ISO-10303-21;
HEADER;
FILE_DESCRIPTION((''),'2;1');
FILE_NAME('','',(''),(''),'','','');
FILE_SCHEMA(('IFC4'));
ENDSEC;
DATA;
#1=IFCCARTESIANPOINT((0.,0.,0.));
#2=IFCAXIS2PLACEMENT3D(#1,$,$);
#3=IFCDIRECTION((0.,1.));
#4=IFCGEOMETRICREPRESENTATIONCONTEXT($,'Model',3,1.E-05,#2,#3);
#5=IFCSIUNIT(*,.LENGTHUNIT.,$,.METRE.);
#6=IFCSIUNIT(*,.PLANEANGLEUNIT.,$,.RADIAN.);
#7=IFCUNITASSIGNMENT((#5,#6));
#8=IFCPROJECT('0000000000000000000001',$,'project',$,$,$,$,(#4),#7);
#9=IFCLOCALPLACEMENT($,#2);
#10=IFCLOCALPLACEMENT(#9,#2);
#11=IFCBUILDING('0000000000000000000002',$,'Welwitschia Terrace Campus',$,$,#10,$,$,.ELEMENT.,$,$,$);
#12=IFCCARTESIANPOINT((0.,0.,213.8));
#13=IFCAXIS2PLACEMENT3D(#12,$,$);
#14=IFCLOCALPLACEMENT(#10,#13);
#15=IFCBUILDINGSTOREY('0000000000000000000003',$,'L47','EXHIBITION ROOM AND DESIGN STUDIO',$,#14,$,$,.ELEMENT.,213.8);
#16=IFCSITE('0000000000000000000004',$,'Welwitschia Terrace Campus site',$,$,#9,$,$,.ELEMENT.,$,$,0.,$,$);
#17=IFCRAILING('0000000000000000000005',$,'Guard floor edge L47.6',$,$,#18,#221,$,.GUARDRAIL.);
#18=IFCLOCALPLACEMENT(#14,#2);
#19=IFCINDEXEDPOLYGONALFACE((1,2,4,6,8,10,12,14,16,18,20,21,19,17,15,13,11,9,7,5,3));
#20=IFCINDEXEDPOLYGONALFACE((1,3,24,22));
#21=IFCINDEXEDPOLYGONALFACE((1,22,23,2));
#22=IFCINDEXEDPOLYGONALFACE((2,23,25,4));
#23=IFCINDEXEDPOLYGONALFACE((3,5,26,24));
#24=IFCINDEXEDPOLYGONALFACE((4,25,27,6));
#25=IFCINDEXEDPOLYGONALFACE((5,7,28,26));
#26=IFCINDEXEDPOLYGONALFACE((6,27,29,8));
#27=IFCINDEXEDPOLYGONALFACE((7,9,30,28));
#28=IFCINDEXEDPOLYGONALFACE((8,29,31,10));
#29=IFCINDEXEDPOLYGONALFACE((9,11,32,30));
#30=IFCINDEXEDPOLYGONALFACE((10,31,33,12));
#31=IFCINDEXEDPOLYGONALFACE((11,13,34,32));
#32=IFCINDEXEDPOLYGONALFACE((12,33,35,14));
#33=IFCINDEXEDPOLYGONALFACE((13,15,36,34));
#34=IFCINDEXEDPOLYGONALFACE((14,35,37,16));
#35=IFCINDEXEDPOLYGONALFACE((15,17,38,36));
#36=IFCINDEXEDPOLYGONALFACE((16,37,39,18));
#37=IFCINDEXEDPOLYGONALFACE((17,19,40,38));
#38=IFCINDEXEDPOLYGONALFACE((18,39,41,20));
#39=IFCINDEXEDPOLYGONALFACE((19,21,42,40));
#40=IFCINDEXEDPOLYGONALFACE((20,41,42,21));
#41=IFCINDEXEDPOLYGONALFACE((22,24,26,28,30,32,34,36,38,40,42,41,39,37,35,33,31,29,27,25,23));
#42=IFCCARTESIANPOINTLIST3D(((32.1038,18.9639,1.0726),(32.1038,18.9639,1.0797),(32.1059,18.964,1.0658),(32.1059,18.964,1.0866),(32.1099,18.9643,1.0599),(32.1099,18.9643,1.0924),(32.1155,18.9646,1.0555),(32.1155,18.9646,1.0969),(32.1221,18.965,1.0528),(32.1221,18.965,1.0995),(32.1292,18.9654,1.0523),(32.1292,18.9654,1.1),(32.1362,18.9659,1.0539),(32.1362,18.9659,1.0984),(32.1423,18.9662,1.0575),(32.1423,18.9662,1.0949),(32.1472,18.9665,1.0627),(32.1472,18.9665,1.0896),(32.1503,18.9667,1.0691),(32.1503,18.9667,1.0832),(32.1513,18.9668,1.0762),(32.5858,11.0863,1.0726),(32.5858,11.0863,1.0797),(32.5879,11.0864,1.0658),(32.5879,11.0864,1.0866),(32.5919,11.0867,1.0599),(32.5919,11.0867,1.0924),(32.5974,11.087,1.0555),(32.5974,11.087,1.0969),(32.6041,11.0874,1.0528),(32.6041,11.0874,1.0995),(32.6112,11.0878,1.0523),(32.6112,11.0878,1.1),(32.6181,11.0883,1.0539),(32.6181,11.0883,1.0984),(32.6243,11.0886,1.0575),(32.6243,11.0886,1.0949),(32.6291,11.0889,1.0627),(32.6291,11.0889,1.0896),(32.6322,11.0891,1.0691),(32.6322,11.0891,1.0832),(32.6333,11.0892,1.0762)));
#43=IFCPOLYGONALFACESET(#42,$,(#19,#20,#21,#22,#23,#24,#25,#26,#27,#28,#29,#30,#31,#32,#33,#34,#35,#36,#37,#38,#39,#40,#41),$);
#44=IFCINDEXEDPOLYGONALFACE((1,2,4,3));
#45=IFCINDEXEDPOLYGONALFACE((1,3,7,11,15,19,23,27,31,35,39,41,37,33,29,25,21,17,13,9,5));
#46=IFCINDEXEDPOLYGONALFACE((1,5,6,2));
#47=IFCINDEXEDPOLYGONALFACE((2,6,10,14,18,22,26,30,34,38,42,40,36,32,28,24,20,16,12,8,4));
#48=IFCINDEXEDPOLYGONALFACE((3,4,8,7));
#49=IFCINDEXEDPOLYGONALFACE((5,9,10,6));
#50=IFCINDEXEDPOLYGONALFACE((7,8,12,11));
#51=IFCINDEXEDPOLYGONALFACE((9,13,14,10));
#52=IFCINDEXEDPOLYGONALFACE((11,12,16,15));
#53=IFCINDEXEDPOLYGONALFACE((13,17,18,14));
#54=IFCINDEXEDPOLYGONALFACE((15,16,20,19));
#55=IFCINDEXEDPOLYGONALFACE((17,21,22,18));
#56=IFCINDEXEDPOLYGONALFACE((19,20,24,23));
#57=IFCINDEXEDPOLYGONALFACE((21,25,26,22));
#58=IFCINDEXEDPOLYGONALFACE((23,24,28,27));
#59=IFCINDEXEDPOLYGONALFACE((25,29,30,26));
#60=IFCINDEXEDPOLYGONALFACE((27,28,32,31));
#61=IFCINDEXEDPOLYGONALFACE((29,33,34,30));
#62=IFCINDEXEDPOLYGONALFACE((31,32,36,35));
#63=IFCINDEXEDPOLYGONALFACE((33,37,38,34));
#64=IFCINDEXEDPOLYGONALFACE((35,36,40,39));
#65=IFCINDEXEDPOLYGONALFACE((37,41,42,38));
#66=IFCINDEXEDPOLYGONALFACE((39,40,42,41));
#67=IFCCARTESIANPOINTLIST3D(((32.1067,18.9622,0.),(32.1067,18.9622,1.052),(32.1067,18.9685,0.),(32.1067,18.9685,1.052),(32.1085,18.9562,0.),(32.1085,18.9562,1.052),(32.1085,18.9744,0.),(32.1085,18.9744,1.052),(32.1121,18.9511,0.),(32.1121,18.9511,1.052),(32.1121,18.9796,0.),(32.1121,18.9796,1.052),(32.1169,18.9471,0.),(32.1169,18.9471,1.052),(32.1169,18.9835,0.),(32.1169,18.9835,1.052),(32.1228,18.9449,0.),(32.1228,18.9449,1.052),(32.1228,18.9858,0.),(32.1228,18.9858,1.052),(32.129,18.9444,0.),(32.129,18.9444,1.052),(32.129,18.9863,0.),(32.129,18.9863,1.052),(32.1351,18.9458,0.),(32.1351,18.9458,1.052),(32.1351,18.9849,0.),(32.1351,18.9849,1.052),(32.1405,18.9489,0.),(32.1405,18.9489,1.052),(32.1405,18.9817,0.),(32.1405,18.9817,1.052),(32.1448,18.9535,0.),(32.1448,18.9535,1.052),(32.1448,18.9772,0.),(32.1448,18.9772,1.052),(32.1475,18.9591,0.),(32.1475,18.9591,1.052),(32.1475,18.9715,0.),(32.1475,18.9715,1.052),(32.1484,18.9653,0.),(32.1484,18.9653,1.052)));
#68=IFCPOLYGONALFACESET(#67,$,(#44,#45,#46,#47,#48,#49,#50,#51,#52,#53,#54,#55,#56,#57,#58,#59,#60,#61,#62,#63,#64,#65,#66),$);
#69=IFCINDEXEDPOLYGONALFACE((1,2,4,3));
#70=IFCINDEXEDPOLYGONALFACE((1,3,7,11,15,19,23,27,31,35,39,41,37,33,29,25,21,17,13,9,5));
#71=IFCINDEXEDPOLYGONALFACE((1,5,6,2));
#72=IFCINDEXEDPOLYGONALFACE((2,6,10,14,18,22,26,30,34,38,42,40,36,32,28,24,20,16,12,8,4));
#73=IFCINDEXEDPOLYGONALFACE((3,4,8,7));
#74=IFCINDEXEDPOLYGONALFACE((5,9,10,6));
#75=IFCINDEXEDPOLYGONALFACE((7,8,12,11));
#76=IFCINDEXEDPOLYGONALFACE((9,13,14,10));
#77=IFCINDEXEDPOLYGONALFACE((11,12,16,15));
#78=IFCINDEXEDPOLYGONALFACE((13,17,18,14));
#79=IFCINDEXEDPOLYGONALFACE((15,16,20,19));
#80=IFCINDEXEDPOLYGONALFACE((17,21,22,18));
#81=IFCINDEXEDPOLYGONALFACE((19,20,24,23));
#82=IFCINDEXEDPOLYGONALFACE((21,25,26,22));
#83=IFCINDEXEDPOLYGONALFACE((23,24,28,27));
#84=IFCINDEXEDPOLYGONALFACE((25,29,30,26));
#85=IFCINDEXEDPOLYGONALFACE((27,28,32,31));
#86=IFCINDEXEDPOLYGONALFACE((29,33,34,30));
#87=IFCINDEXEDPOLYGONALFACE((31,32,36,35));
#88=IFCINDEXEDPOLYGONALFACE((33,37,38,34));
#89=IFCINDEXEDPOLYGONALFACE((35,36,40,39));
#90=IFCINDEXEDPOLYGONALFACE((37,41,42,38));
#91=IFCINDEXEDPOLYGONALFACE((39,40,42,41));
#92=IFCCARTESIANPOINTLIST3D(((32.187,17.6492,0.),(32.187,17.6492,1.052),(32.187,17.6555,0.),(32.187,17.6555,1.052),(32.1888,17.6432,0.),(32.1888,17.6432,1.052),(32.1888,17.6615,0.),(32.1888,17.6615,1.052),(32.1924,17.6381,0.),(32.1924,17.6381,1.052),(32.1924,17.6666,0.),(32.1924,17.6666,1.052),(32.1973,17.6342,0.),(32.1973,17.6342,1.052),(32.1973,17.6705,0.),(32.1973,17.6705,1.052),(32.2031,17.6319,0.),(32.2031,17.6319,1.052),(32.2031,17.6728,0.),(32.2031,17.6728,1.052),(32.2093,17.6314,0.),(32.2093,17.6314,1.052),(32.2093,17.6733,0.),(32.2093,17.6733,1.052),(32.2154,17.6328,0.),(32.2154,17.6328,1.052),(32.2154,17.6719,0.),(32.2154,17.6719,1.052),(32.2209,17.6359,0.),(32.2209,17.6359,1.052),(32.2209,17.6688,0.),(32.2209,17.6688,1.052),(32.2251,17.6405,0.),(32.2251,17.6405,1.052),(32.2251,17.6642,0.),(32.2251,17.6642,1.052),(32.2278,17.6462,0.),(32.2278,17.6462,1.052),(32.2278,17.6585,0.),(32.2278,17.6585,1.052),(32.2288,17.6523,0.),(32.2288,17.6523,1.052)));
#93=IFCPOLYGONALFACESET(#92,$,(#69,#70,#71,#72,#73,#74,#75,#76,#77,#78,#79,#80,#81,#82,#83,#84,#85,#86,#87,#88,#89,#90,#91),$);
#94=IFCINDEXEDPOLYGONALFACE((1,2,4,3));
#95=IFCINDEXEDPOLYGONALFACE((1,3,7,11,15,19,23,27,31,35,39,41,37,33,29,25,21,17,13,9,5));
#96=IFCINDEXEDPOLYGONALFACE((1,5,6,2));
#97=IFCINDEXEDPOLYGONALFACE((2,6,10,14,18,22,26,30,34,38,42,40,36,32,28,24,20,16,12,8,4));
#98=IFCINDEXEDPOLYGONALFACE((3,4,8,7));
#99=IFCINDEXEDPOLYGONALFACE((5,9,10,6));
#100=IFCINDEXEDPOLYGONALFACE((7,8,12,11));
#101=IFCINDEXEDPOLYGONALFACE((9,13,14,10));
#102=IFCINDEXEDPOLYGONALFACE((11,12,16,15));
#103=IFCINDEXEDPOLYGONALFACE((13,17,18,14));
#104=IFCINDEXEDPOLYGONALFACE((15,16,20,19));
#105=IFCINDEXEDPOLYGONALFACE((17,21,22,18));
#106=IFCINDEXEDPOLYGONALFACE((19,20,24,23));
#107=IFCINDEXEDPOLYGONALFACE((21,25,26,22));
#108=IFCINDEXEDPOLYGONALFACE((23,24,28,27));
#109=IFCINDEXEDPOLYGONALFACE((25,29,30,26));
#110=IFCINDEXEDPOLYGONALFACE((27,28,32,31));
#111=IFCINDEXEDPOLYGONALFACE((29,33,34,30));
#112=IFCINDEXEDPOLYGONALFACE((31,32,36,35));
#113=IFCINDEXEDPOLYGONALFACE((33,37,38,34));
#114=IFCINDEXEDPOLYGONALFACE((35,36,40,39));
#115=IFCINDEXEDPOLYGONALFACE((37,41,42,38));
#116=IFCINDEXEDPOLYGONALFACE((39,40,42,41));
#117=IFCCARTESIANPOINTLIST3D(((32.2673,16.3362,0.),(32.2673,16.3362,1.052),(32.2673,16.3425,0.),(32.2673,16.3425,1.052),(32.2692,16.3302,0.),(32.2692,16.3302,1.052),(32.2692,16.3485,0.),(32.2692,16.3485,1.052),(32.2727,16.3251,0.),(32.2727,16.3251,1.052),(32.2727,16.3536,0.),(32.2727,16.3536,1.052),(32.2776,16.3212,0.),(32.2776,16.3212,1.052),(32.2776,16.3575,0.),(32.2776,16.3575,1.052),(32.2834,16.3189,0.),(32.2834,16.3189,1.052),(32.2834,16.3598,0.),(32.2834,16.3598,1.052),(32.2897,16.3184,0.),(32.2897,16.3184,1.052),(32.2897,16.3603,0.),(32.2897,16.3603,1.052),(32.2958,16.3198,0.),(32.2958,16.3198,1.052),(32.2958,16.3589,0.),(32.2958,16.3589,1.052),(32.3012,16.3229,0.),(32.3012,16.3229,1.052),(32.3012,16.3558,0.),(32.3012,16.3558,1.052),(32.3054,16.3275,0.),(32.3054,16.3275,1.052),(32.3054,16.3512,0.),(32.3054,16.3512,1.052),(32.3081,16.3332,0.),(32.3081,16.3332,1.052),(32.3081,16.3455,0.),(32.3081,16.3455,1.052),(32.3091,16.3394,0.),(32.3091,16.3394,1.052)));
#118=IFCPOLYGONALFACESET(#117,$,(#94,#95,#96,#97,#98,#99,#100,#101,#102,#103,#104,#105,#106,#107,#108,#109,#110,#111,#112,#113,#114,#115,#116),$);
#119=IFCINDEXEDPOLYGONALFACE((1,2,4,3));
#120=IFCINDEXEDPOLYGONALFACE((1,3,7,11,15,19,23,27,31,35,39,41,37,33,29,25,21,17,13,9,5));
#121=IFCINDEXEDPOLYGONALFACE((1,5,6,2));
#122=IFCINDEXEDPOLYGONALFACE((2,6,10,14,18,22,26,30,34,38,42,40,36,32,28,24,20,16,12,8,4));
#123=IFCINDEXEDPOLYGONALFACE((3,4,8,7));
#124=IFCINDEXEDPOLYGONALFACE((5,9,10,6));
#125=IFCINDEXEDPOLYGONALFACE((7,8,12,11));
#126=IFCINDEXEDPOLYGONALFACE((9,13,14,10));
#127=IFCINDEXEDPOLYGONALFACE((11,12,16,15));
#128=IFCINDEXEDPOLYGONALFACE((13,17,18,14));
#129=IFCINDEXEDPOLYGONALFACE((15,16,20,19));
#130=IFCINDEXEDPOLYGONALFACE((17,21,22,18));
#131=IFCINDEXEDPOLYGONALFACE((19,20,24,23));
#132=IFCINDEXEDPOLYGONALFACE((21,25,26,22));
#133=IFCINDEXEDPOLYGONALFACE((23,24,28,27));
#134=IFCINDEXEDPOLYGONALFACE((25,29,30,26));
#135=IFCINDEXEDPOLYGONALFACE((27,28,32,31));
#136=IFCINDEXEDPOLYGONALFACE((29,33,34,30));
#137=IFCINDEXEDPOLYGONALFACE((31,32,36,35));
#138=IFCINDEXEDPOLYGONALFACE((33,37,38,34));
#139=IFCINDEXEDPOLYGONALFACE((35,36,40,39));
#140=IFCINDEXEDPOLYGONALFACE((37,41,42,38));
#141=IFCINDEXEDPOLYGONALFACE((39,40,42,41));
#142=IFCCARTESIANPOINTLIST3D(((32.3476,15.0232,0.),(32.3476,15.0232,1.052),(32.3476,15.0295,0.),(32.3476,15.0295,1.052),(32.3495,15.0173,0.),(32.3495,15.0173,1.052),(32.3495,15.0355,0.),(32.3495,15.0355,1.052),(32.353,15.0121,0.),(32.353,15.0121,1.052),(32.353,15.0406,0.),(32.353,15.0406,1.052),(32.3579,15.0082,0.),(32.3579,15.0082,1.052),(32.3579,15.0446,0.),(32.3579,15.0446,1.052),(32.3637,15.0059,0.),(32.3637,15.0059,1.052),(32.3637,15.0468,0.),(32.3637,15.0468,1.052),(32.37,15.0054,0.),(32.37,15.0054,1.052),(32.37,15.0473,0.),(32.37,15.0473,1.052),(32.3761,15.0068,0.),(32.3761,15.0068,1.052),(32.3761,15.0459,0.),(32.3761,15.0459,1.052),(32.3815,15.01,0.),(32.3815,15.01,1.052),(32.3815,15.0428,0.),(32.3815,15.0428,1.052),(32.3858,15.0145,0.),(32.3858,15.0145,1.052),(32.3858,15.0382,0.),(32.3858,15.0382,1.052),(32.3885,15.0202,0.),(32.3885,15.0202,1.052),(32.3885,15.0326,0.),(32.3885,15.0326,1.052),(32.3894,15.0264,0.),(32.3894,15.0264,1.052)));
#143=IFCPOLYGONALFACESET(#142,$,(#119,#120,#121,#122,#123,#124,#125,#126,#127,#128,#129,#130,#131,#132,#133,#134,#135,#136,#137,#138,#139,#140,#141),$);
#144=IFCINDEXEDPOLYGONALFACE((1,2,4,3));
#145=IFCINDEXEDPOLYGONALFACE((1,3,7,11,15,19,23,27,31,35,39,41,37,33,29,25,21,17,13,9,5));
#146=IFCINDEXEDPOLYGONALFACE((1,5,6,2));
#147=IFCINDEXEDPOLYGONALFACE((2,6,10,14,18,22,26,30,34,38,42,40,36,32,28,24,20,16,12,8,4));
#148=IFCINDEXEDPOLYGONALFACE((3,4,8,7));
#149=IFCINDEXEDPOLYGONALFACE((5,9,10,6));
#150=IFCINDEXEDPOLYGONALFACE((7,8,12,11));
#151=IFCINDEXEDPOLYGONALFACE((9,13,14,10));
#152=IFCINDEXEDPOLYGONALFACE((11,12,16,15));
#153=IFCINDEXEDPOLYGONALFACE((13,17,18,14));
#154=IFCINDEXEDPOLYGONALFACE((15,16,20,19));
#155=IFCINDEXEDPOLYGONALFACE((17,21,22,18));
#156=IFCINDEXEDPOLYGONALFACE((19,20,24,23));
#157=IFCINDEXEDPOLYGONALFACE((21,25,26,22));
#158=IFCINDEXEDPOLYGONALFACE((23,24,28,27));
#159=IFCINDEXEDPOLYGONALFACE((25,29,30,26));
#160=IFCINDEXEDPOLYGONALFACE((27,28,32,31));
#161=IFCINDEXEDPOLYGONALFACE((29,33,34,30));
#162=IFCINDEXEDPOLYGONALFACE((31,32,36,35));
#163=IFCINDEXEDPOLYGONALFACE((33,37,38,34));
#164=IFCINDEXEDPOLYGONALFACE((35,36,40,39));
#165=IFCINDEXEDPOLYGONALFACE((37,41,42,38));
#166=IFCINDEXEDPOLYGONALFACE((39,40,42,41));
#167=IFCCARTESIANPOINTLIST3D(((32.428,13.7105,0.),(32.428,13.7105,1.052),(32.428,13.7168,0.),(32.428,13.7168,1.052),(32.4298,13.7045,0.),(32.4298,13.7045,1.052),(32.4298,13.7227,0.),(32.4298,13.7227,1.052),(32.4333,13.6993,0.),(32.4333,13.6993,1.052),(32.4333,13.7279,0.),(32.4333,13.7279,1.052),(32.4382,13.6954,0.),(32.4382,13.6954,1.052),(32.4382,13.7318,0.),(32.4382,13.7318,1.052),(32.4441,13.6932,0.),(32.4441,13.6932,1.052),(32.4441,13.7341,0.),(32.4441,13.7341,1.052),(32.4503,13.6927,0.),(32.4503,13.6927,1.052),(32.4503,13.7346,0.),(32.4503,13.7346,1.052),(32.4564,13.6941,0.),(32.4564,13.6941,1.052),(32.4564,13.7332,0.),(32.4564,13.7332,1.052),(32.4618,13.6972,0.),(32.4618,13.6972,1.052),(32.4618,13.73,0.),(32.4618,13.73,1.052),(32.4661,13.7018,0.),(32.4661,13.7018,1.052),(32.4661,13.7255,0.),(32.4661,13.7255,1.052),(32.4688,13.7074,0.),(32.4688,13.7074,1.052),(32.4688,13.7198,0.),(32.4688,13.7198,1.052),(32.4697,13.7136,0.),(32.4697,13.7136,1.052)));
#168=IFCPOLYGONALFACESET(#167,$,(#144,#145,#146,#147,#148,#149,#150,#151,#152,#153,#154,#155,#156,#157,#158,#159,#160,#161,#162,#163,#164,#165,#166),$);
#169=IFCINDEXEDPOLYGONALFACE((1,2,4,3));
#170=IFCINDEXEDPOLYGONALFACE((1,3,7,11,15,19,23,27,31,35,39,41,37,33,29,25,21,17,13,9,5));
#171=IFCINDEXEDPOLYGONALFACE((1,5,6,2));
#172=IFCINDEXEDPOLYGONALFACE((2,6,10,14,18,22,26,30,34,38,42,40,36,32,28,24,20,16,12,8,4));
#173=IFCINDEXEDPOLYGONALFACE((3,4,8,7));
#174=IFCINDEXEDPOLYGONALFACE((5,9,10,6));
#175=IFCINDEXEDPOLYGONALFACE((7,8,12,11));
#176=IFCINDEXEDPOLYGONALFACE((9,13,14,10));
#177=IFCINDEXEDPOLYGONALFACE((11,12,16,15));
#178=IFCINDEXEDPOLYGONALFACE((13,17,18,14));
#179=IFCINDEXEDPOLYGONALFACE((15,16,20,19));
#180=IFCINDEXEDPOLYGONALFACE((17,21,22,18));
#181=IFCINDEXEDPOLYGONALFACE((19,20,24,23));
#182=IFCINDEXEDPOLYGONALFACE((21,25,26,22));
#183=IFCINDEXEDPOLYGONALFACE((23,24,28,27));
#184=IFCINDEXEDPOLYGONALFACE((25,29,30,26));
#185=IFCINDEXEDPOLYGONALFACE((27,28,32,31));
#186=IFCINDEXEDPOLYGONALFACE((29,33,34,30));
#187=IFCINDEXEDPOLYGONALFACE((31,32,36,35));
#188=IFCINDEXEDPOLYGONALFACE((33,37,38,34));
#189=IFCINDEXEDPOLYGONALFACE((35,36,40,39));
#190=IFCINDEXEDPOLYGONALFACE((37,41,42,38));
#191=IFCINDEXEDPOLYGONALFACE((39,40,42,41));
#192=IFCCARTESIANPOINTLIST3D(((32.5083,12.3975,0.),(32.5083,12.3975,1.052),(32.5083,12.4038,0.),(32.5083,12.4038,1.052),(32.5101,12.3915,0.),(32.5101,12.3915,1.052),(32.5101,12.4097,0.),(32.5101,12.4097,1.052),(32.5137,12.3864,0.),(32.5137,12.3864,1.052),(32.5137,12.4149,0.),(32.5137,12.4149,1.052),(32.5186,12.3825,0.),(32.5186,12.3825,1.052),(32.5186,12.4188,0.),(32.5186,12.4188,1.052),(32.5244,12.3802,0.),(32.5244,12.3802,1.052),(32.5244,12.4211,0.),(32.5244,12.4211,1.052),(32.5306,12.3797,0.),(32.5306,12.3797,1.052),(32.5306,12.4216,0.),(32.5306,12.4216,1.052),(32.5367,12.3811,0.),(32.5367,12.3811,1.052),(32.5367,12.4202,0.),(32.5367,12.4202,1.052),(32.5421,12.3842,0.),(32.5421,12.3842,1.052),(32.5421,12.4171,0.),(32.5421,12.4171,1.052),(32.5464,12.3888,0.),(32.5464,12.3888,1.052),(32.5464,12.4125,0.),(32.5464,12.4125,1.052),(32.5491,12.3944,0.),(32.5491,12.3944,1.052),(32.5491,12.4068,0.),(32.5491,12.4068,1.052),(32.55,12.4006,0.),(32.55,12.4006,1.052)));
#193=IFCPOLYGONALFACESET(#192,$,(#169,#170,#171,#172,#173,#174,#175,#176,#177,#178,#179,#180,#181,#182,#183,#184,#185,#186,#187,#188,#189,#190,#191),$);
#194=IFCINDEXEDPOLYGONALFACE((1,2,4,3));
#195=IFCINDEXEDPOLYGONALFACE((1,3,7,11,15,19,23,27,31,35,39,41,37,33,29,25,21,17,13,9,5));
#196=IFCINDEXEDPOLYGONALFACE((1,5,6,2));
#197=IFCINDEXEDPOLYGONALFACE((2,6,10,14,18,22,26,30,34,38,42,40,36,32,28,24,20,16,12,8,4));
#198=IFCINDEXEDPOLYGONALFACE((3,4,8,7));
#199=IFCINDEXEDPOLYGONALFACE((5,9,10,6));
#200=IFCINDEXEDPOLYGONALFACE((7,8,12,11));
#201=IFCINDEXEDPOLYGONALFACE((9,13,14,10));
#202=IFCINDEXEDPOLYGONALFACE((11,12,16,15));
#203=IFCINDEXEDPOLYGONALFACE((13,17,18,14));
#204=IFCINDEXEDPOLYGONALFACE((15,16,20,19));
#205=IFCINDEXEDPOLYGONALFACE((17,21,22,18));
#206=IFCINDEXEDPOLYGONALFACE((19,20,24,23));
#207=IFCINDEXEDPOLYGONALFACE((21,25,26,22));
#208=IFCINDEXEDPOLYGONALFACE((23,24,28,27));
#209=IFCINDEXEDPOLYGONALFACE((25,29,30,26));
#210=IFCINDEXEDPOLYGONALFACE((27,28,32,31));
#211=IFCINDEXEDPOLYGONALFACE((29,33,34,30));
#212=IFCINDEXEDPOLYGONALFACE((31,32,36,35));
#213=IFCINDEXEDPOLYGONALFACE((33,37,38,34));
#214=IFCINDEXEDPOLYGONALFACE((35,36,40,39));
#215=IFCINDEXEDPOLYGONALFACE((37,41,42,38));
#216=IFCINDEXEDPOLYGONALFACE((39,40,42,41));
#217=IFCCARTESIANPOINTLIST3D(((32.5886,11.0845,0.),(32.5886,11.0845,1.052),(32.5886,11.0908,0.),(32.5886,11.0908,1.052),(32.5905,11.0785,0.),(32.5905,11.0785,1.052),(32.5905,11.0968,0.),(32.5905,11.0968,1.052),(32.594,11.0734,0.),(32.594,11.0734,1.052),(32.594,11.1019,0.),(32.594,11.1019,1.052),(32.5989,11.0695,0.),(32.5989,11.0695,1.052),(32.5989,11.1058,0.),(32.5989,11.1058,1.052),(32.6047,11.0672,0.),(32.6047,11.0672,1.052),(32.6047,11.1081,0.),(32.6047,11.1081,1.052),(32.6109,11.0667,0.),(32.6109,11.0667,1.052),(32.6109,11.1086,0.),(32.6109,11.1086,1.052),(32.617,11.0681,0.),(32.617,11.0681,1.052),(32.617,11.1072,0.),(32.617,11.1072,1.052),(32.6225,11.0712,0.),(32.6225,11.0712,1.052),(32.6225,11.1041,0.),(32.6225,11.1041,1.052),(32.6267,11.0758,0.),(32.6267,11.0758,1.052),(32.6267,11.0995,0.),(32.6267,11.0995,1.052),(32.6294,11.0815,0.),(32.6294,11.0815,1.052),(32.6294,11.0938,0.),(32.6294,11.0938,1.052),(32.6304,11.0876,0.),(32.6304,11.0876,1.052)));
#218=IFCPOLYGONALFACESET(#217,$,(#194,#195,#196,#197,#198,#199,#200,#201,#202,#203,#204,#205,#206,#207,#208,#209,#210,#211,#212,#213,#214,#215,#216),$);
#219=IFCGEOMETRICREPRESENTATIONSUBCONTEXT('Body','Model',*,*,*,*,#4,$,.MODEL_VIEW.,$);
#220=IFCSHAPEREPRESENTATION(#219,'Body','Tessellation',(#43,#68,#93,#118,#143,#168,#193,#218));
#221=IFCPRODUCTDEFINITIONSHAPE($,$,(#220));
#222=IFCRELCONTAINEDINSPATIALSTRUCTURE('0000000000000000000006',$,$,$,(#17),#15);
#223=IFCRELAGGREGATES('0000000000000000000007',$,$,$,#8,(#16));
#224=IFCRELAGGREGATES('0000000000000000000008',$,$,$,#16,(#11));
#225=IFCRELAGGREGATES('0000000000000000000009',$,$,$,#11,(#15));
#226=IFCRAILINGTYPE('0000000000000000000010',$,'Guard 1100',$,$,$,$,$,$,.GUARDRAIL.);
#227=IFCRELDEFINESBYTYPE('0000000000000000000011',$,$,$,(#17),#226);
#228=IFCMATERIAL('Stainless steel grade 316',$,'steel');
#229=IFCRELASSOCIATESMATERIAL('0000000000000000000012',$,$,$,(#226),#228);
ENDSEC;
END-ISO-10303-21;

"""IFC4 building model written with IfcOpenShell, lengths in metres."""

from ifc_helpers import new_model, si_unit, direction, frame, origin, origin_2d, place, context, subcontext, project, spatial, circle, extrude, material, type_object, element, save


model = new_model("IFC4")

# Units and contexts
model_context = context("Model", 3, precision=1e-05, world=origin(), true_north=direction((0.0, 1.0)))
body_context = subcontext(model_context, "Body", "Model", "MODEL_VIEW")
ifc_project = project(units=[si_unit("LENGTHUNIT", "METRE"), si_unit("PLANEANGLEUNIT", "RADIAN")], contexts=[model_context])

# Site, building, storey
site_placement = place(None, origin())
site = spatial("IfcSite", under=ifc_project, at=site_placement, Name="Welwitschia Terrace Campus site", CompositionType="ELEMENT", RefElevation=0.0)
building_placement = place(site_placement, origin())
building = spatial("IfcBuilding", under=site, at=building_placement, Name="Welwitschia Terrace Campus", CompositionType="ELEMENT")
storey_placement = place(building_placement, frame((0.0, 0.0, 213.8)))
storey = spatial("IfcBuildingStorey", under=building, at=storey_placement, Name="L47", Description="EXHIBITION ROOM AND DESIGN STUDIO", CompositionType="ELEMENT", Elevation=213.8)

# Railing
ifc_material_1 = material(Name="Stainless steel grade 316", Category="steel")
railing_type = type_object("IfcRailingType", Name="Guard 1100", PredefinedType="GUARDRAIL", material=ifc_material_1)
railing_1_placement = place(storey_placement, frame((32.1274, 18.9653, 0.0)))
element("IfcRailing", 1, at=railing_1_placement, inside=storey, type_object=railing_type, Name="Guard floor edge L47.6", PredefinedType="GUARDRAIL", context=body_context, shape_type="SweptSolid", body=[
    extrude(circle(Radius=0.0239, at=origin_2d()), frame((0.0, 0.0, 1.0762), z_axis=(0.061063, -0.998134, 0.0), x_axis=(0.998134, 0.061063, 0.0)), (0.0, 0.0, 1.0), 7.8923),
    extrude(circle(Radius=0.021, at=origin_2d()), origin(), (0.0, 0.0, 1.0), 1.052),
    extrude(circle(Radius=0.021, at=origin_2d()), frame((0.0803, -1.313, 0.0)), (0.0, 0.0, 1.0), 1.052),
    extrude(circle(Radius=0.021, at=origin_2d()), frame((0.1606, -2.626, 0.0)), (0.0, 0.0, 1.0), 1.052),
    extrude(circle(Radius=0.021, at=origin_2d()), frame((0.241, -3.939, 0.0)), (0.0, 0.0, 1.0), 1.052),
    extrude(circle(Radius=0.021, at=origin_2d()), frame((0.3213, -5.2517, 0.0)), (0.0, 0.0, 1.0), 1.052),
    extrude(circle(Radius=0.021, at=origin_2d()), frame((0.4016, -6.5647, 0.0)), (0.0, 0.0, 1.0), 1.052),
    extrude(circle(Radius=0.021, at=origin_2d()), frame((0.4819, -7.8777, 0.0)), (0.0, 0.0, 1.0), 1.052),
])

save(model, "model.ifc")
